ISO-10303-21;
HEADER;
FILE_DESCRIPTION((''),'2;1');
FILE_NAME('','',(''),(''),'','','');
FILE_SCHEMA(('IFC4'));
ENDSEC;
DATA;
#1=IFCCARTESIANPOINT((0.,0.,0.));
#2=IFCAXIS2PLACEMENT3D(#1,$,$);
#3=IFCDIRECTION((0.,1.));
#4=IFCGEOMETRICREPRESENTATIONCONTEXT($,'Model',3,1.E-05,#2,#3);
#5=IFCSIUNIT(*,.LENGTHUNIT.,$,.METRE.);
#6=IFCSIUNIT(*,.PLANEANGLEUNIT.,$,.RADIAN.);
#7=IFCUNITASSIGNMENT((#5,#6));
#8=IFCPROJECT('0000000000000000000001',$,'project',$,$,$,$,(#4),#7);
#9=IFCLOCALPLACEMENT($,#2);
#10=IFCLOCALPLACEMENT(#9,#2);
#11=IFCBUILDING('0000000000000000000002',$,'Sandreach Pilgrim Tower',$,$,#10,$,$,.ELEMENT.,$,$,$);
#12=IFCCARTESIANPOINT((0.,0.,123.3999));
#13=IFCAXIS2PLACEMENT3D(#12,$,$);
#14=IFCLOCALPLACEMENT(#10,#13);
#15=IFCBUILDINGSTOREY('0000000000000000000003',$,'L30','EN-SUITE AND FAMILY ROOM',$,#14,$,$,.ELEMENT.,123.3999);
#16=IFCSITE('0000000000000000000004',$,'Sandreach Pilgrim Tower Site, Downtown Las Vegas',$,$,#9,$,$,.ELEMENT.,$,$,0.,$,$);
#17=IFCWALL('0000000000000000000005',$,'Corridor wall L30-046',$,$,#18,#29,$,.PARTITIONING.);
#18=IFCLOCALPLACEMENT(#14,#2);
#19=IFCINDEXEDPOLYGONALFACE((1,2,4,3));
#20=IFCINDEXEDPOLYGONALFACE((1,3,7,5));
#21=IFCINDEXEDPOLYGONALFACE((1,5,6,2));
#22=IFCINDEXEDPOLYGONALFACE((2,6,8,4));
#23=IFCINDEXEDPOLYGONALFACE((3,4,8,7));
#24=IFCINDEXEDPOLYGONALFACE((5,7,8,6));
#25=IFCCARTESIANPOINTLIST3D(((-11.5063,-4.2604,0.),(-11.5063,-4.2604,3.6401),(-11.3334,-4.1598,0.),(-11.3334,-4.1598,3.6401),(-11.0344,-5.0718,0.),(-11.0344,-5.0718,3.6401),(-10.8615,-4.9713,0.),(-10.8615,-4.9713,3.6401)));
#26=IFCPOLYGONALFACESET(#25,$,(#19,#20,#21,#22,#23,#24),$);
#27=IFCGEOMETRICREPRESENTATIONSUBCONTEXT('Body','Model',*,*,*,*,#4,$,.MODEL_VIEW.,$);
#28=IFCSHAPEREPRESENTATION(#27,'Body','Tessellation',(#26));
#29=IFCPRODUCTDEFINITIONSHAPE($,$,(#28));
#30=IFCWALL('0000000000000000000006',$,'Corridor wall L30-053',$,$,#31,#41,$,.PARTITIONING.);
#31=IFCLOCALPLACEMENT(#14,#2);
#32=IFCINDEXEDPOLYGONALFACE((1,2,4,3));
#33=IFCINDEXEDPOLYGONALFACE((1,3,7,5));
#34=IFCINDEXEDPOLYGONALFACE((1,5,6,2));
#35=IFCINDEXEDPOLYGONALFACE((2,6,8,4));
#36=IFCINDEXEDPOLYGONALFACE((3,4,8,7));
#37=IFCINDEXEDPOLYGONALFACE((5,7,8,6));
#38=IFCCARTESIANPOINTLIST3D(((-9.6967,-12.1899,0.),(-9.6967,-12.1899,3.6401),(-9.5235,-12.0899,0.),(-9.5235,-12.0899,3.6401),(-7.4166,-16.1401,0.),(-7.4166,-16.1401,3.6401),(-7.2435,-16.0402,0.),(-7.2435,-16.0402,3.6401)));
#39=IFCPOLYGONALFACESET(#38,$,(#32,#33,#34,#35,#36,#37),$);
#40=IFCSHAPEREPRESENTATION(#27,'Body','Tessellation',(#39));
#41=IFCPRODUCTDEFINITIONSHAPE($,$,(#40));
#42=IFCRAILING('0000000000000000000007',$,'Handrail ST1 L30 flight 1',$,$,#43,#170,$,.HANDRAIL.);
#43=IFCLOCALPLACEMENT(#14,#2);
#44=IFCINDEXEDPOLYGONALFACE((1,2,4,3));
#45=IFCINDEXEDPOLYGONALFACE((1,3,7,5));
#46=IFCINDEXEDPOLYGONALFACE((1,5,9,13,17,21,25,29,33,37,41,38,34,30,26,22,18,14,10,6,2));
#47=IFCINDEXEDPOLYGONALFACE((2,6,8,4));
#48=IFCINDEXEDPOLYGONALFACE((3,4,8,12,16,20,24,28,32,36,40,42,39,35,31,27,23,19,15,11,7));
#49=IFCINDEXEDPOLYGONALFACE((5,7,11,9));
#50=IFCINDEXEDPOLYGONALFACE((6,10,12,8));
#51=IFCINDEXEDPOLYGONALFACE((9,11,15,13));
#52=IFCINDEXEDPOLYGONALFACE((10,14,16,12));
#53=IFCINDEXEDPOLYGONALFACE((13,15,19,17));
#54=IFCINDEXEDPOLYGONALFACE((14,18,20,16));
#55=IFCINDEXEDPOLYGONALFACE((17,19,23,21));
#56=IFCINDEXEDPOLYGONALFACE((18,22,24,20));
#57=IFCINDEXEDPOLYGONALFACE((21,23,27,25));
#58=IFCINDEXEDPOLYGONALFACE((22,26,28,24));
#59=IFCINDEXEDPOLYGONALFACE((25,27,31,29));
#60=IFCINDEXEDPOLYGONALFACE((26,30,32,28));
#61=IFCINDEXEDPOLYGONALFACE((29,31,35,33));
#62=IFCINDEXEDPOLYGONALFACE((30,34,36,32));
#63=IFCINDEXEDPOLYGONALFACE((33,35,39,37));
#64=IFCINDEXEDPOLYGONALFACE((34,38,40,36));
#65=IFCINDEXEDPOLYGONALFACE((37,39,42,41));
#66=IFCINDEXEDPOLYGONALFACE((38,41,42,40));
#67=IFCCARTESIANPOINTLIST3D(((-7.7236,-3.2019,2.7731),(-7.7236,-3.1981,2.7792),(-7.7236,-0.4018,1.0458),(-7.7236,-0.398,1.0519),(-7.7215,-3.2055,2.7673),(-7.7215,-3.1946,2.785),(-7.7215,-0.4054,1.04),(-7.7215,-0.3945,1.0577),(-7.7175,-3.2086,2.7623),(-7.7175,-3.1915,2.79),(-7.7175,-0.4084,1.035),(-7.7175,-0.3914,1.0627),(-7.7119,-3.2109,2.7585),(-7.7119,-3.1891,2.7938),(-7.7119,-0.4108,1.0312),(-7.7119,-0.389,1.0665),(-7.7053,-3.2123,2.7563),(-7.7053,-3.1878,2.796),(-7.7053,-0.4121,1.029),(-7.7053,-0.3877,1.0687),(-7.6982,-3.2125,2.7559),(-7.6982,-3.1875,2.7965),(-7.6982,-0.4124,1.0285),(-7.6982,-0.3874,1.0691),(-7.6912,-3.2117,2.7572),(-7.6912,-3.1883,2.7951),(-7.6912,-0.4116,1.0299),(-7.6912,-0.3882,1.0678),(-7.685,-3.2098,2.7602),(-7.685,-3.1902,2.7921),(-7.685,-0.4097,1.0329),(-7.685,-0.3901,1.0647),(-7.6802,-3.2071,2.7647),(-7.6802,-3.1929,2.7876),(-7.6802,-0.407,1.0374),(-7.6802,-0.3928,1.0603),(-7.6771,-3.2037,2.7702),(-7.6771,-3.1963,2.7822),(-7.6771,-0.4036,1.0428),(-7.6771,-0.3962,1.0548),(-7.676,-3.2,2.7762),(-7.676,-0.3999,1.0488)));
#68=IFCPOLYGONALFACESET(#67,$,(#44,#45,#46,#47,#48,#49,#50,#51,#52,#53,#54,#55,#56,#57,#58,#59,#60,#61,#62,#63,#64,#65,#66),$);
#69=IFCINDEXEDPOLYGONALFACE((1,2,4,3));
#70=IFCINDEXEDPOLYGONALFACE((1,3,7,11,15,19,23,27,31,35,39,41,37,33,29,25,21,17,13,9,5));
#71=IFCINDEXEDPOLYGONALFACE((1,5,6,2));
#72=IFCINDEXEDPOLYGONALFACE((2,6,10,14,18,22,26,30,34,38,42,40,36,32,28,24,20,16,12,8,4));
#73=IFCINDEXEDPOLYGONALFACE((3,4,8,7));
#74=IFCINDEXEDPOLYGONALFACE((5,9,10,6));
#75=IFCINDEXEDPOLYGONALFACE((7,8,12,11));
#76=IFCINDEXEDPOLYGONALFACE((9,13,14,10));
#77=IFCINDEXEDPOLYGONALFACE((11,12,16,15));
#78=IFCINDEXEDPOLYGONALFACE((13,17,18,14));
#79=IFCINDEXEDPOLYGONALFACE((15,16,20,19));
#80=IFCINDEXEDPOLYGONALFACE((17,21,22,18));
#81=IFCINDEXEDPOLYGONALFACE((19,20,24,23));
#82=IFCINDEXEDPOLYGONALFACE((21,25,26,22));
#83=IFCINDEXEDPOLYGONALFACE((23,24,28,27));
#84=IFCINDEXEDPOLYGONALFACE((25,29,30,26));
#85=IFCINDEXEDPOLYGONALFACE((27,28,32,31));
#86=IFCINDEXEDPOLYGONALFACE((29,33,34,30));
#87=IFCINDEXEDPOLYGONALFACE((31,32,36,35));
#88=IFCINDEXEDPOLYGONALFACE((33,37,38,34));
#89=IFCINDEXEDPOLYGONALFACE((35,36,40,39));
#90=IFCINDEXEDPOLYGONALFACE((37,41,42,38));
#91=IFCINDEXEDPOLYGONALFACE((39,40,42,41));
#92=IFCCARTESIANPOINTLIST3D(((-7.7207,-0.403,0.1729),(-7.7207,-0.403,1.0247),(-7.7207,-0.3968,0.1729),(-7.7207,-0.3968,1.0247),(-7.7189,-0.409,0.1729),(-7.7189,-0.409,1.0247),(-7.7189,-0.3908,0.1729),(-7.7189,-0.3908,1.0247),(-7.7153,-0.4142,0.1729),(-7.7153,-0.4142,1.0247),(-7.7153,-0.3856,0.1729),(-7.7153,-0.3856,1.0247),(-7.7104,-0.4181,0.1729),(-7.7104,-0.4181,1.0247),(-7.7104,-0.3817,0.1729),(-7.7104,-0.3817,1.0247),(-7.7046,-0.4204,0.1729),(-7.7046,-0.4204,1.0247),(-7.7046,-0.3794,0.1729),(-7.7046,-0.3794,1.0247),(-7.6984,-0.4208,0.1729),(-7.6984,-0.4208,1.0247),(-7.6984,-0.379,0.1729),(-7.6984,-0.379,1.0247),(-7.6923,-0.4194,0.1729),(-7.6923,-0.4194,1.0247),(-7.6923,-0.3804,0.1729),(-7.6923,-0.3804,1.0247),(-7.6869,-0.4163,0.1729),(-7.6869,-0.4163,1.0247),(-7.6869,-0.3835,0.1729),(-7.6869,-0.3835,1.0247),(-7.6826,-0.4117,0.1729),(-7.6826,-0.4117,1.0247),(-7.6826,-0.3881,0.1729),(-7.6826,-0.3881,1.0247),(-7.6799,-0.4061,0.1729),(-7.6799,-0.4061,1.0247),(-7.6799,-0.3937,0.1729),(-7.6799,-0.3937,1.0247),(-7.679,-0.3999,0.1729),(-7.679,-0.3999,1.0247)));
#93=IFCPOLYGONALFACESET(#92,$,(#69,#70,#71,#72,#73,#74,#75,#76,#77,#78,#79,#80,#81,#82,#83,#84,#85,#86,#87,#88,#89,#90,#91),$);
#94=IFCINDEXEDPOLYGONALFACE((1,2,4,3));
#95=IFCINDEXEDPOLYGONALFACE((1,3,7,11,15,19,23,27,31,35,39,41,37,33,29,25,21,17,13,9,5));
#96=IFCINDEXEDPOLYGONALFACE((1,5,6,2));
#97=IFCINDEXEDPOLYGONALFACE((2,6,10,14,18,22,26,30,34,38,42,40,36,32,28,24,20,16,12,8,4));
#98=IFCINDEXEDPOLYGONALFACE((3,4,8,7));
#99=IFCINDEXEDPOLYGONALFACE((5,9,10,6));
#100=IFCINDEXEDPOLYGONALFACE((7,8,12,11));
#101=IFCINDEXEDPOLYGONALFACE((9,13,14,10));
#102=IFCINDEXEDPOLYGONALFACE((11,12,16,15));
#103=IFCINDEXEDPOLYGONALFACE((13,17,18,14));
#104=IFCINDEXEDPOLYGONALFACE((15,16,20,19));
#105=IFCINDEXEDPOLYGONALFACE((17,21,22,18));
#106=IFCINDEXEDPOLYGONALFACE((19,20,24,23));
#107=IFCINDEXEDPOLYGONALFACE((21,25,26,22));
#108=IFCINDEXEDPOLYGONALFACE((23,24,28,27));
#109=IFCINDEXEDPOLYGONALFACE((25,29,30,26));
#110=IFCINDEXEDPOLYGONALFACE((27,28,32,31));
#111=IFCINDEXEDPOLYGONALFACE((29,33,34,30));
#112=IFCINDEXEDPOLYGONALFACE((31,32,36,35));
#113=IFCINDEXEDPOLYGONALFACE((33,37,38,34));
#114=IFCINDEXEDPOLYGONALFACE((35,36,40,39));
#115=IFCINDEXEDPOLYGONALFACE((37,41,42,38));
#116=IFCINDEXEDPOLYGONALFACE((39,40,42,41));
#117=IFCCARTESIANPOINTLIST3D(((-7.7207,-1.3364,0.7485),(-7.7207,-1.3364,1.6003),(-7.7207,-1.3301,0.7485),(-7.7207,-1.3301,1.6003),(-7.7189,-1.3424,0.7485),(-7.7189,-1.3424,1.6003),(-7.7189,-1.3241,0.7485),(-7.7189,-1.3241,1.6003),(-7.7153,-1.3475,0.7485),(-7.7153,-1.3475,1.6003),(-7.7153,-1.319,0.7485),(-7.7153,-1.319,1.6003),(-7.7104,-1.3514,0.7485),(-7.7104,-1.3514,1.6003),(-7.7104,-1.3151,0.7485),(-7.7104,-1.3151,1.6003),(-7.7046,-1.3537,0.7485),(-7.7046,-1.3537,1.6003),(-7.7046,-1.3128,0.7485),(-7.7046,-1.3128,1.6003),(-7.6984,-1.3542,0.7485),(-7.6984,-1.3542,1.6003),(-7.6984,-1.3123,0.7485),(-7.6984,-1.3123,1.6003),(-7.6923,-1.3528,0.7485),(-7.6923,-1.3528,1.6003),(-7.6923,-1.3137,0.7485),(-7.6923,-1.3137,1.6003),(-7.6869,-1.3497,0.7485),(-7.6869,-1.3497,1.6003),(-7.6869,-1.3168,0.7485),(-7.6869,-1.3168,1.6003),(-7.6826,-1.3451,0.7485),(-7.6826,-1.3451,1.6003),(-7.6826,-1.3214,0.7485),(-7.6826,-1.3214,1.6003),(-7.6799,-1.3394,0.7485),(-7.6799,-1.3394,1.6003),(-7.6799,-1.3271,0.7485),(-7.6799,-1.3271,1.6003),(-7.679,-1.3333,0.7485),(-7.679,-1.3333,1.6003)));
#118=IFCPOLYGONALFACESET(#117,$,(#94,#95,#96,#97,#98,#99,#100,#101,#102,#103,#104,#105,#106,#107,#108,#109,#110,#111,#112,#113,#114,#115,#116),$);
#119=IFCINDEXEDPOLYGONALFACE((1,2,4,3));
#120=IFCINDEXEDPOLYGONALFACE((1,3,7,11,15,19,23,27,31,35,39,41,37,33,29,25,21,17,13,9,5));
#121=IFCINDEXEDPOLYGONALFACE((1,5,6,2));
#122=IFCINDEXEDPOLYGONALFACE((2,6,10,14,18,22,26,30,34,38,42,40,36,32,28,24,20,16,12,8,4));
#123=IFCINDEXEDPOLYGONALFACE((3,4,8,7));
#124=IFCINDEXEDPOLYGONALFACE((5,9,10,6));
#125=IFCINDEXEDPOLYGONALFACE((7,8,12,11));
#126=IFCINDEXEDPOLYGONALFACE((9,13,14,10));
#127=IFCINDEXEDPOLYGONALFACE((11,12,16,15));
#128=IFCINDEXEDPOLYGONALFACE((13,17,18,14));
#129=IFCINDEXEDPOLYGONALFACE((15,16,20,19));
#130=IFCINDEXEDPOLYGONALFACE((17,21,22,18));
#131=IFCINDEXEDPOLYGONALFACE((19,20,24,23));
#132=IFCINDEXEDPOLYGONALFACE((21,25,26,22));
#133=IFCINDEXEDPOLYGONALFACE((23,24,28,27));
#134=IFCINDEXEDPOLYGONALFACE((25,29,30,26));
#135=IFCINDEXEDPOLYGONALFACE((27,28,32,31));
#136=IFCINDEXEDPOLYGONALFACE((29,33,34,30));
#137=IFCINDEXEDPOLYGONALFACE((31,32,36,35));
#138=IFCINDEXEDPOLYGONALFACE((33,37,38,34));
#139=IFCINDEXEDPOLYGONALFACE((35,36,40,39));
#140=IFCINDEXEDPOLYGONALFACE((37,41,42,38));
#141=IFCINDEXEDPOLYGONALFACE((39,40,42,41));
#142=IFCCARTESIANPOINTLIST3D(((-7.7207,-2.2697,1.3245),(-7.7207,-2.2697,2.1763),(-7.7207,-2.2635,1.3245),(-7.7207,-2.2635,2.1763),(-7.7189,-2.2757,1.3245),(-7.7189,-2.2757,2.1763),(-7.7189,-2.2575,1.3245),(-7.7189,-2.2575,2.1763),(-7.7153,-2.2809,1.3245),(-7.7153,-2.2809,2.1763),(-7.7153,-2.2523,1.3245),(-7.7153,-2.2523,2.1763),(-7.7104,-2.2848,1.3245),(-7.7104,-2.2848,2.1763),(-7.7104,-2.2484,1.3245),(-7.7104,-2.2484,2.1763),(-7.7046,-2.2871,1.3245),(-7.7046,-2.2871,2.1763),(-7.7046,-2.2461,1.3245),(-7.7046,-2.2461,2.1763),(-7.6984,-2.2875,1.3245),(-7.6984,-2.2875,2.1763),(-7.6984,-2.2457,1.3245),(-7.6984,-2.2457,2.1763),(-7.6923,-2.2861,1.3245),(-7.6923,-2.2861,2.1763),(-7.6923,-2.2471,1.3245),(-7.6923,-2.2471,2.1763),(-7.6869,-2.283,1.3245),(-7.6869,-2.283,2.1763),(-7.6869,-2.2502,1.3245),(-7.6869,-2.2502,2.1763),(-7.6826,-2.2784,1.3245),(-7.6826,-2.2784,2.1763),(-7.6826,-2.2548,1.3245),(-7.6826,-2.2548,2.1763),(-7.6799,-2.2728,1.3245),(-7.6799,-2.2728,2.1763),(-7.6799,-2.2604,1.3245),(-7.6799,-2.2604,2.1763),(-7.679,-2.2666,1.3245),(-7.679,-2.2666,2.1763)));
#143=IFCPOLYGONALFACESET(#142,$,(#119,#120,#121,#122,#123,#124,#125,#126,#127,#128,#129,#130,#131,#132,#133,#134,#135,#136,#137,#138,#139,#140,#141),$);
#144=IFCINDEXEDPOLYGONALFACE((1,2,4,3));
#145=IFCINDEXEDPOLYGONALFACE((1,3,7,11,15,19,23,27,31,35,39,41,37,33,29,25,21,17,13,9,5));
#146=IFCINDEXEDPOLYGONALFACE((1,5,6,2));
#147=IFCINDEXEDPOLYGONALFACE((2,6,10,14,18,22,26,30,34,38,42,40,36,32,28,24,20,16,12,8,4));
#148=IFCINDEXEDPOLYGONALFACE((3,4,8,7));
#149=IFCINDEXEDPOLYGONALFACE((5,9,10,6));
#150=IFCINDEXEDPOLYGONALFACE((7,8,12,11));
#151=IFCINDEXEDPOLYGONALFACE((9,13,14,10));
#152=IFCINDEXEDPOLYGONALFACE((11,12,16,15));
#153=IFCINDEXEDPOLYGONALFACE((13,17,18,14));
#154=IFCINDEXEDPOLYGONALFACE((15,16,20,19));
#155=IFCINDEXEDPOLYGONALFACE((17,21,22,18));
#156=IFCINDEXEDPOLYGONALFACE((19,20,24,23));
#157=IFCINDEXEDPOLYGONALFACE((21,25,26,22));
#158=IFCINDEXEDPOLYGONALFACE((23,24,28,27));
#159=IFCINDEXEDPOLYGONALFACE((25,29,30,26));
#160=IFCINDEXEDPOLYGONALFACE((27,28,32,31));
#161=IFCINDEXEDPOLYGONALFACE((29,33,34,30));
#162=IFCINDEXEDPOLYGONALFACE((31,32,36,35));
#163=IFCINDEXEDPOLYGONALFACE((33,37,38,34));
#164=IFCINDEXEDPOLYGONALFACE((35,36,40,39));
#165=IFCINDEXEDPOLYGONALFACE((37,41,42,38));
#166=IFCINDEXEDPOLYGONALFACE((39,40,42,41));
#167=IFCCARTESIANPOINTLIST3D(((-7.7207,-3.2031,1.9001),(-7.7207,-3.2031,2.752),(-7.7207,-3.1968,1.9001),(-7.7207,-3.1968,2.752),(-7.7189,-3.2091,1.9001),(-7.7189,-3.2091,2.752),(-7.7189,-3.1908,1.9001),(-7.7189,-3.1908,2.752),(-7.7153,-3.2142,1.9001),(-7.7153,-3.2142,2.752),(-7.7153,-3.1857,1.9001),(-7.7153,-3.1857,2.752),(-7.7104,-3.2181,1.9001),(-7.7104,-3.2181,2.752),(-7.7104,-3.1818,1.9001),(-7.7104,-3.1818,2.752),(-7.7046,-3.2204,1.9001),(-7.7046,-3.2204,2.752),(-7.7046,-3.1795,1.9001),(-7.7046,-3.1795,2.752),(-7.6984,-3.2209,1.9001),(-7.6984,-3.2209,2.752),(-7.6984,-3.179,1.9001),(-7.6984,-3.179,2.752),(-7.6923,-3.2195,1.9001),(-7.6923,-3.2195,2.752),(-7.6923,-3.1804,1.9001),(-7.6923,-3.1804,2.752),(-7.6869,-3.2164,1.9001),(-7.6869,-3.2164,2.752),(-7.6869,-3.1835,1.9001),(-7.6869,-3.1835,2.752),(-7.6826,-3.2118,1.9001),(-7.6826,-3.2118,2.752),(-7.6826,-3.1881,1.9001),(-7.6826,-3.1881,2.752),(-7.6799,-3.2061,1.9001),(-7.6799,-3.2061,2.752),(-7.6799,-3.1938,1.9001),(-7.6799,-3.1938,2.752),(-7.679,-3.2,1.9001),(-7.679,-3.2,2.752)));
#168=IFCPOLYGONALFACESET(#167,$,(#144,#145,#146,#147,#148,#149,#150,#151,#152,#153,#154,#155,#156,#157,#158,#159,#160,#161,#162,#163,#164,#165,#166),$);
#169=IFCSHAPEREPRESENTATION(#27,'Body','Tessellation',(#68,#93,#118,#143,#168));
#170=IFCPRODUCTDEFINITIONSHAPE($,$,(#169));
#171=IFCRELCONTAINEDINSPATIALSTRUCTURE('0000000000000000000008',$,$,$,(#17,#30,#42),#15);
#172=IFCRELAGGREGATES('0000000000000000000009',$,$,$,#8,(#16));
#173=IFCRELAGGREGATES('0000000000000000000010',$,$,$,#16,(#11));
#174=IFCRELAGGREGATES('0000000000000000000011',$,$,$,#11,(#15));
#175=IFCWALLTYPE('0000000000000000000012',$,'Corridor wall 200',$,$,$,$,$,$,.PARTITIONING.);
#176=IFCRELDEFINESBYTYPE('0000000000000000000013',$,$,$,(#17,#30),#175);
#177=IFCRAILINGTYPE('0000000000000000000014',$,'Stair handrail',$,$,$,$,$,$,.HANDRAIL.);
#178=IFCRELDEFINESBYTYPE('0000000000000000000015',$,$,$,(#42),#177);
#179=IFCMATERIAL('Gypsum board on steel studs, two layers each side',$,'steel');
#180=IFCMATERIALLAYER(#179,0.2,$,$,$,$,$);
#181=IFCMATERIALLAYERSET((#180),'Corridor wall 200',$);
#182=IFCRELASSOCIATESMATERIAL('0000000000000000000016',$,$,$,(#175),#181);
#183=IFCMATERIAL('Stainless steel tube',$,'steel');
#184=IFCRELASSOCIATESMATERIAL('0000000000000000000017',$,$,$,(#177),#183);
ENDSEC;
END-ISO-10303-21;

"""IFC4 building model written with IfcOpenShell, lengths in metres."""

from ifc_helpers import new_model, si_unit, direction, frame, frame_2d, origin, origin_2d, place, context, subcontext, project, spatial, rectangle, circle, extrude, material, layer, layer_set, type_object, element, save


model = new_model("IFC4")

# Units and contexts
model_context = context("Model", 3, precision=1e-05, world=origin(), true_north=direction((0.0, 1.0)))
body_context = subcontext(model_context, "Body", "Model", "MODEL_VIEW")
ifc_project = project(units=[si_unit("LENGTHUNIT", "METRE"), si_unit("PLANEANGLEUNIT", "RADIAN")], contexts=[model_context])

# Site, building, storey
site_placement = place(None, origin())
site = spatial("IfcSite", under=ifc_project, at=site_placement, Name="Sandreach Pilgrim Tower Site, Downtown Las Vegas", CompositionType="ELEMENT", RefElevation=0.0)
building_placement = place(site_placement, origin())
building = spatial("IfcBuilding", under=site, at=building_placement, Name="Sandreach Pilgrim Tower", CompositionType="ELEMENT")
storey_placement = place(building_placement, frame((0.0, 0.0, 123.3999)))
storey = spatial("IfcBuildingStorey", under=building, at=storey_placement, Name="L30", Description="EN-SUITE AND FAMILY ROOM", CompositionType="ELEMENT", Elevation=123.3999)

# Shared definitions
ifc_material_1 = material(Name="Gypsum board on steel studs, two layers each side", Category="steel")
ifc_layer_1 = layer(ifc_material_1, 0.2)
ifc_layer_set_1 = layer_set([ifc_layer_1], Name="Corridor wall 200")
wall_type_1 = type_object("IfcWallType", Name="Corridor wall 200", PredefinedType="PARTITIONING", material=ifc_layer_set_1)

# Walls
wall_1_placement = place(storey_placement, frame((-10.948, -5.0215, 0.0), z_axis=(0.0, 0.0, 1.0), x_axis=(-0.502706, 0.864457, 0.0)))
element("IfcWall", 1, at=wall_1_placement, inside=storey, type_object=wall_type_1, Name="Corridor wall L30-046", PredefinedType="PARTITIONING", context=body_context, shape_type="SweptSolid", body=[
    extrude(rectangle(XDim=0.9387, YDim=0.2, at=frame_2d((0.4692, 0.0))), origin(), (0.0, 0.0, 1.0), 3.6401),
])
wall_2_placement = place(storey_placement, frame((-9.6101, -12.1399, 0.0), z_axis=(0.0, 0.0, 1.0), x_axis=(0.499899, -0.866084, 0.0)))
element("IfcWall", 2, at=wall_2_placement, inside=storey, type_object=wall_type_1, Name="Corridor wall L30-053", PredefinedType="PARTITIONING", context=body_context, shape_type="SweptSolid", body=[
    extrude(rectangle(XDim=4.561, YDim=0.2, at=frame_2d((2.2805, 0.0))), origin(), (0.0, 0.0, 1.0), 3.6401),
])

# Railing
ifc_material_2 = material(Name="Stainless steel tube", Category="steel")
railing_type = type_object("IfcRailingType", Name="Stair handrail", PredefinedType="HANDRAIL", material=ifc_material_2)
railing_placement = place(storey_placement, frame((-7.7, -0.3999, 0.1729)))
element("IfcRailing", 3, at=railing_placement, inside=storey, type_object=railing_type, Name="Handrail ST1 L30 flight 1", PredefinedType="HANDRAIL", context=body_context, shape_type="SweptSolid", body=[
    extrude(circle(Radius=0.0239, at=origin_2d()), frame((0.0, 0.0, 0.876), z_axis=(0.0, -0.85109, 0.52502), x_axis=(1.0, 0.0, 0.0)), (0.0, 0.0, 1.0), 3.29),
    extrude(circle(Radius=0.021, at=origin_2d()), origin(), (0.0, 0.0, 1.0), 0.8518),
    extrude(circle(Radius=0.021, at=origin_2d()), frame((0.0, -0.9333, 0.5757)), (0.0, 0.0, 1.0), 0.8518),
    extrude(circle(Radius=0.021, at=origin_2d()), frame((0.0, -1.8667, 1.1516)), (0.0, 0.0, 1.0), 0.8518),
    extrude(circle(Radius=0.021, at=origin_2d()), frame((0.0, -2.8, 1.7273)), (0.0, 0.0, 1.0), 0.8518),
])

save(model, "model.ifc")
